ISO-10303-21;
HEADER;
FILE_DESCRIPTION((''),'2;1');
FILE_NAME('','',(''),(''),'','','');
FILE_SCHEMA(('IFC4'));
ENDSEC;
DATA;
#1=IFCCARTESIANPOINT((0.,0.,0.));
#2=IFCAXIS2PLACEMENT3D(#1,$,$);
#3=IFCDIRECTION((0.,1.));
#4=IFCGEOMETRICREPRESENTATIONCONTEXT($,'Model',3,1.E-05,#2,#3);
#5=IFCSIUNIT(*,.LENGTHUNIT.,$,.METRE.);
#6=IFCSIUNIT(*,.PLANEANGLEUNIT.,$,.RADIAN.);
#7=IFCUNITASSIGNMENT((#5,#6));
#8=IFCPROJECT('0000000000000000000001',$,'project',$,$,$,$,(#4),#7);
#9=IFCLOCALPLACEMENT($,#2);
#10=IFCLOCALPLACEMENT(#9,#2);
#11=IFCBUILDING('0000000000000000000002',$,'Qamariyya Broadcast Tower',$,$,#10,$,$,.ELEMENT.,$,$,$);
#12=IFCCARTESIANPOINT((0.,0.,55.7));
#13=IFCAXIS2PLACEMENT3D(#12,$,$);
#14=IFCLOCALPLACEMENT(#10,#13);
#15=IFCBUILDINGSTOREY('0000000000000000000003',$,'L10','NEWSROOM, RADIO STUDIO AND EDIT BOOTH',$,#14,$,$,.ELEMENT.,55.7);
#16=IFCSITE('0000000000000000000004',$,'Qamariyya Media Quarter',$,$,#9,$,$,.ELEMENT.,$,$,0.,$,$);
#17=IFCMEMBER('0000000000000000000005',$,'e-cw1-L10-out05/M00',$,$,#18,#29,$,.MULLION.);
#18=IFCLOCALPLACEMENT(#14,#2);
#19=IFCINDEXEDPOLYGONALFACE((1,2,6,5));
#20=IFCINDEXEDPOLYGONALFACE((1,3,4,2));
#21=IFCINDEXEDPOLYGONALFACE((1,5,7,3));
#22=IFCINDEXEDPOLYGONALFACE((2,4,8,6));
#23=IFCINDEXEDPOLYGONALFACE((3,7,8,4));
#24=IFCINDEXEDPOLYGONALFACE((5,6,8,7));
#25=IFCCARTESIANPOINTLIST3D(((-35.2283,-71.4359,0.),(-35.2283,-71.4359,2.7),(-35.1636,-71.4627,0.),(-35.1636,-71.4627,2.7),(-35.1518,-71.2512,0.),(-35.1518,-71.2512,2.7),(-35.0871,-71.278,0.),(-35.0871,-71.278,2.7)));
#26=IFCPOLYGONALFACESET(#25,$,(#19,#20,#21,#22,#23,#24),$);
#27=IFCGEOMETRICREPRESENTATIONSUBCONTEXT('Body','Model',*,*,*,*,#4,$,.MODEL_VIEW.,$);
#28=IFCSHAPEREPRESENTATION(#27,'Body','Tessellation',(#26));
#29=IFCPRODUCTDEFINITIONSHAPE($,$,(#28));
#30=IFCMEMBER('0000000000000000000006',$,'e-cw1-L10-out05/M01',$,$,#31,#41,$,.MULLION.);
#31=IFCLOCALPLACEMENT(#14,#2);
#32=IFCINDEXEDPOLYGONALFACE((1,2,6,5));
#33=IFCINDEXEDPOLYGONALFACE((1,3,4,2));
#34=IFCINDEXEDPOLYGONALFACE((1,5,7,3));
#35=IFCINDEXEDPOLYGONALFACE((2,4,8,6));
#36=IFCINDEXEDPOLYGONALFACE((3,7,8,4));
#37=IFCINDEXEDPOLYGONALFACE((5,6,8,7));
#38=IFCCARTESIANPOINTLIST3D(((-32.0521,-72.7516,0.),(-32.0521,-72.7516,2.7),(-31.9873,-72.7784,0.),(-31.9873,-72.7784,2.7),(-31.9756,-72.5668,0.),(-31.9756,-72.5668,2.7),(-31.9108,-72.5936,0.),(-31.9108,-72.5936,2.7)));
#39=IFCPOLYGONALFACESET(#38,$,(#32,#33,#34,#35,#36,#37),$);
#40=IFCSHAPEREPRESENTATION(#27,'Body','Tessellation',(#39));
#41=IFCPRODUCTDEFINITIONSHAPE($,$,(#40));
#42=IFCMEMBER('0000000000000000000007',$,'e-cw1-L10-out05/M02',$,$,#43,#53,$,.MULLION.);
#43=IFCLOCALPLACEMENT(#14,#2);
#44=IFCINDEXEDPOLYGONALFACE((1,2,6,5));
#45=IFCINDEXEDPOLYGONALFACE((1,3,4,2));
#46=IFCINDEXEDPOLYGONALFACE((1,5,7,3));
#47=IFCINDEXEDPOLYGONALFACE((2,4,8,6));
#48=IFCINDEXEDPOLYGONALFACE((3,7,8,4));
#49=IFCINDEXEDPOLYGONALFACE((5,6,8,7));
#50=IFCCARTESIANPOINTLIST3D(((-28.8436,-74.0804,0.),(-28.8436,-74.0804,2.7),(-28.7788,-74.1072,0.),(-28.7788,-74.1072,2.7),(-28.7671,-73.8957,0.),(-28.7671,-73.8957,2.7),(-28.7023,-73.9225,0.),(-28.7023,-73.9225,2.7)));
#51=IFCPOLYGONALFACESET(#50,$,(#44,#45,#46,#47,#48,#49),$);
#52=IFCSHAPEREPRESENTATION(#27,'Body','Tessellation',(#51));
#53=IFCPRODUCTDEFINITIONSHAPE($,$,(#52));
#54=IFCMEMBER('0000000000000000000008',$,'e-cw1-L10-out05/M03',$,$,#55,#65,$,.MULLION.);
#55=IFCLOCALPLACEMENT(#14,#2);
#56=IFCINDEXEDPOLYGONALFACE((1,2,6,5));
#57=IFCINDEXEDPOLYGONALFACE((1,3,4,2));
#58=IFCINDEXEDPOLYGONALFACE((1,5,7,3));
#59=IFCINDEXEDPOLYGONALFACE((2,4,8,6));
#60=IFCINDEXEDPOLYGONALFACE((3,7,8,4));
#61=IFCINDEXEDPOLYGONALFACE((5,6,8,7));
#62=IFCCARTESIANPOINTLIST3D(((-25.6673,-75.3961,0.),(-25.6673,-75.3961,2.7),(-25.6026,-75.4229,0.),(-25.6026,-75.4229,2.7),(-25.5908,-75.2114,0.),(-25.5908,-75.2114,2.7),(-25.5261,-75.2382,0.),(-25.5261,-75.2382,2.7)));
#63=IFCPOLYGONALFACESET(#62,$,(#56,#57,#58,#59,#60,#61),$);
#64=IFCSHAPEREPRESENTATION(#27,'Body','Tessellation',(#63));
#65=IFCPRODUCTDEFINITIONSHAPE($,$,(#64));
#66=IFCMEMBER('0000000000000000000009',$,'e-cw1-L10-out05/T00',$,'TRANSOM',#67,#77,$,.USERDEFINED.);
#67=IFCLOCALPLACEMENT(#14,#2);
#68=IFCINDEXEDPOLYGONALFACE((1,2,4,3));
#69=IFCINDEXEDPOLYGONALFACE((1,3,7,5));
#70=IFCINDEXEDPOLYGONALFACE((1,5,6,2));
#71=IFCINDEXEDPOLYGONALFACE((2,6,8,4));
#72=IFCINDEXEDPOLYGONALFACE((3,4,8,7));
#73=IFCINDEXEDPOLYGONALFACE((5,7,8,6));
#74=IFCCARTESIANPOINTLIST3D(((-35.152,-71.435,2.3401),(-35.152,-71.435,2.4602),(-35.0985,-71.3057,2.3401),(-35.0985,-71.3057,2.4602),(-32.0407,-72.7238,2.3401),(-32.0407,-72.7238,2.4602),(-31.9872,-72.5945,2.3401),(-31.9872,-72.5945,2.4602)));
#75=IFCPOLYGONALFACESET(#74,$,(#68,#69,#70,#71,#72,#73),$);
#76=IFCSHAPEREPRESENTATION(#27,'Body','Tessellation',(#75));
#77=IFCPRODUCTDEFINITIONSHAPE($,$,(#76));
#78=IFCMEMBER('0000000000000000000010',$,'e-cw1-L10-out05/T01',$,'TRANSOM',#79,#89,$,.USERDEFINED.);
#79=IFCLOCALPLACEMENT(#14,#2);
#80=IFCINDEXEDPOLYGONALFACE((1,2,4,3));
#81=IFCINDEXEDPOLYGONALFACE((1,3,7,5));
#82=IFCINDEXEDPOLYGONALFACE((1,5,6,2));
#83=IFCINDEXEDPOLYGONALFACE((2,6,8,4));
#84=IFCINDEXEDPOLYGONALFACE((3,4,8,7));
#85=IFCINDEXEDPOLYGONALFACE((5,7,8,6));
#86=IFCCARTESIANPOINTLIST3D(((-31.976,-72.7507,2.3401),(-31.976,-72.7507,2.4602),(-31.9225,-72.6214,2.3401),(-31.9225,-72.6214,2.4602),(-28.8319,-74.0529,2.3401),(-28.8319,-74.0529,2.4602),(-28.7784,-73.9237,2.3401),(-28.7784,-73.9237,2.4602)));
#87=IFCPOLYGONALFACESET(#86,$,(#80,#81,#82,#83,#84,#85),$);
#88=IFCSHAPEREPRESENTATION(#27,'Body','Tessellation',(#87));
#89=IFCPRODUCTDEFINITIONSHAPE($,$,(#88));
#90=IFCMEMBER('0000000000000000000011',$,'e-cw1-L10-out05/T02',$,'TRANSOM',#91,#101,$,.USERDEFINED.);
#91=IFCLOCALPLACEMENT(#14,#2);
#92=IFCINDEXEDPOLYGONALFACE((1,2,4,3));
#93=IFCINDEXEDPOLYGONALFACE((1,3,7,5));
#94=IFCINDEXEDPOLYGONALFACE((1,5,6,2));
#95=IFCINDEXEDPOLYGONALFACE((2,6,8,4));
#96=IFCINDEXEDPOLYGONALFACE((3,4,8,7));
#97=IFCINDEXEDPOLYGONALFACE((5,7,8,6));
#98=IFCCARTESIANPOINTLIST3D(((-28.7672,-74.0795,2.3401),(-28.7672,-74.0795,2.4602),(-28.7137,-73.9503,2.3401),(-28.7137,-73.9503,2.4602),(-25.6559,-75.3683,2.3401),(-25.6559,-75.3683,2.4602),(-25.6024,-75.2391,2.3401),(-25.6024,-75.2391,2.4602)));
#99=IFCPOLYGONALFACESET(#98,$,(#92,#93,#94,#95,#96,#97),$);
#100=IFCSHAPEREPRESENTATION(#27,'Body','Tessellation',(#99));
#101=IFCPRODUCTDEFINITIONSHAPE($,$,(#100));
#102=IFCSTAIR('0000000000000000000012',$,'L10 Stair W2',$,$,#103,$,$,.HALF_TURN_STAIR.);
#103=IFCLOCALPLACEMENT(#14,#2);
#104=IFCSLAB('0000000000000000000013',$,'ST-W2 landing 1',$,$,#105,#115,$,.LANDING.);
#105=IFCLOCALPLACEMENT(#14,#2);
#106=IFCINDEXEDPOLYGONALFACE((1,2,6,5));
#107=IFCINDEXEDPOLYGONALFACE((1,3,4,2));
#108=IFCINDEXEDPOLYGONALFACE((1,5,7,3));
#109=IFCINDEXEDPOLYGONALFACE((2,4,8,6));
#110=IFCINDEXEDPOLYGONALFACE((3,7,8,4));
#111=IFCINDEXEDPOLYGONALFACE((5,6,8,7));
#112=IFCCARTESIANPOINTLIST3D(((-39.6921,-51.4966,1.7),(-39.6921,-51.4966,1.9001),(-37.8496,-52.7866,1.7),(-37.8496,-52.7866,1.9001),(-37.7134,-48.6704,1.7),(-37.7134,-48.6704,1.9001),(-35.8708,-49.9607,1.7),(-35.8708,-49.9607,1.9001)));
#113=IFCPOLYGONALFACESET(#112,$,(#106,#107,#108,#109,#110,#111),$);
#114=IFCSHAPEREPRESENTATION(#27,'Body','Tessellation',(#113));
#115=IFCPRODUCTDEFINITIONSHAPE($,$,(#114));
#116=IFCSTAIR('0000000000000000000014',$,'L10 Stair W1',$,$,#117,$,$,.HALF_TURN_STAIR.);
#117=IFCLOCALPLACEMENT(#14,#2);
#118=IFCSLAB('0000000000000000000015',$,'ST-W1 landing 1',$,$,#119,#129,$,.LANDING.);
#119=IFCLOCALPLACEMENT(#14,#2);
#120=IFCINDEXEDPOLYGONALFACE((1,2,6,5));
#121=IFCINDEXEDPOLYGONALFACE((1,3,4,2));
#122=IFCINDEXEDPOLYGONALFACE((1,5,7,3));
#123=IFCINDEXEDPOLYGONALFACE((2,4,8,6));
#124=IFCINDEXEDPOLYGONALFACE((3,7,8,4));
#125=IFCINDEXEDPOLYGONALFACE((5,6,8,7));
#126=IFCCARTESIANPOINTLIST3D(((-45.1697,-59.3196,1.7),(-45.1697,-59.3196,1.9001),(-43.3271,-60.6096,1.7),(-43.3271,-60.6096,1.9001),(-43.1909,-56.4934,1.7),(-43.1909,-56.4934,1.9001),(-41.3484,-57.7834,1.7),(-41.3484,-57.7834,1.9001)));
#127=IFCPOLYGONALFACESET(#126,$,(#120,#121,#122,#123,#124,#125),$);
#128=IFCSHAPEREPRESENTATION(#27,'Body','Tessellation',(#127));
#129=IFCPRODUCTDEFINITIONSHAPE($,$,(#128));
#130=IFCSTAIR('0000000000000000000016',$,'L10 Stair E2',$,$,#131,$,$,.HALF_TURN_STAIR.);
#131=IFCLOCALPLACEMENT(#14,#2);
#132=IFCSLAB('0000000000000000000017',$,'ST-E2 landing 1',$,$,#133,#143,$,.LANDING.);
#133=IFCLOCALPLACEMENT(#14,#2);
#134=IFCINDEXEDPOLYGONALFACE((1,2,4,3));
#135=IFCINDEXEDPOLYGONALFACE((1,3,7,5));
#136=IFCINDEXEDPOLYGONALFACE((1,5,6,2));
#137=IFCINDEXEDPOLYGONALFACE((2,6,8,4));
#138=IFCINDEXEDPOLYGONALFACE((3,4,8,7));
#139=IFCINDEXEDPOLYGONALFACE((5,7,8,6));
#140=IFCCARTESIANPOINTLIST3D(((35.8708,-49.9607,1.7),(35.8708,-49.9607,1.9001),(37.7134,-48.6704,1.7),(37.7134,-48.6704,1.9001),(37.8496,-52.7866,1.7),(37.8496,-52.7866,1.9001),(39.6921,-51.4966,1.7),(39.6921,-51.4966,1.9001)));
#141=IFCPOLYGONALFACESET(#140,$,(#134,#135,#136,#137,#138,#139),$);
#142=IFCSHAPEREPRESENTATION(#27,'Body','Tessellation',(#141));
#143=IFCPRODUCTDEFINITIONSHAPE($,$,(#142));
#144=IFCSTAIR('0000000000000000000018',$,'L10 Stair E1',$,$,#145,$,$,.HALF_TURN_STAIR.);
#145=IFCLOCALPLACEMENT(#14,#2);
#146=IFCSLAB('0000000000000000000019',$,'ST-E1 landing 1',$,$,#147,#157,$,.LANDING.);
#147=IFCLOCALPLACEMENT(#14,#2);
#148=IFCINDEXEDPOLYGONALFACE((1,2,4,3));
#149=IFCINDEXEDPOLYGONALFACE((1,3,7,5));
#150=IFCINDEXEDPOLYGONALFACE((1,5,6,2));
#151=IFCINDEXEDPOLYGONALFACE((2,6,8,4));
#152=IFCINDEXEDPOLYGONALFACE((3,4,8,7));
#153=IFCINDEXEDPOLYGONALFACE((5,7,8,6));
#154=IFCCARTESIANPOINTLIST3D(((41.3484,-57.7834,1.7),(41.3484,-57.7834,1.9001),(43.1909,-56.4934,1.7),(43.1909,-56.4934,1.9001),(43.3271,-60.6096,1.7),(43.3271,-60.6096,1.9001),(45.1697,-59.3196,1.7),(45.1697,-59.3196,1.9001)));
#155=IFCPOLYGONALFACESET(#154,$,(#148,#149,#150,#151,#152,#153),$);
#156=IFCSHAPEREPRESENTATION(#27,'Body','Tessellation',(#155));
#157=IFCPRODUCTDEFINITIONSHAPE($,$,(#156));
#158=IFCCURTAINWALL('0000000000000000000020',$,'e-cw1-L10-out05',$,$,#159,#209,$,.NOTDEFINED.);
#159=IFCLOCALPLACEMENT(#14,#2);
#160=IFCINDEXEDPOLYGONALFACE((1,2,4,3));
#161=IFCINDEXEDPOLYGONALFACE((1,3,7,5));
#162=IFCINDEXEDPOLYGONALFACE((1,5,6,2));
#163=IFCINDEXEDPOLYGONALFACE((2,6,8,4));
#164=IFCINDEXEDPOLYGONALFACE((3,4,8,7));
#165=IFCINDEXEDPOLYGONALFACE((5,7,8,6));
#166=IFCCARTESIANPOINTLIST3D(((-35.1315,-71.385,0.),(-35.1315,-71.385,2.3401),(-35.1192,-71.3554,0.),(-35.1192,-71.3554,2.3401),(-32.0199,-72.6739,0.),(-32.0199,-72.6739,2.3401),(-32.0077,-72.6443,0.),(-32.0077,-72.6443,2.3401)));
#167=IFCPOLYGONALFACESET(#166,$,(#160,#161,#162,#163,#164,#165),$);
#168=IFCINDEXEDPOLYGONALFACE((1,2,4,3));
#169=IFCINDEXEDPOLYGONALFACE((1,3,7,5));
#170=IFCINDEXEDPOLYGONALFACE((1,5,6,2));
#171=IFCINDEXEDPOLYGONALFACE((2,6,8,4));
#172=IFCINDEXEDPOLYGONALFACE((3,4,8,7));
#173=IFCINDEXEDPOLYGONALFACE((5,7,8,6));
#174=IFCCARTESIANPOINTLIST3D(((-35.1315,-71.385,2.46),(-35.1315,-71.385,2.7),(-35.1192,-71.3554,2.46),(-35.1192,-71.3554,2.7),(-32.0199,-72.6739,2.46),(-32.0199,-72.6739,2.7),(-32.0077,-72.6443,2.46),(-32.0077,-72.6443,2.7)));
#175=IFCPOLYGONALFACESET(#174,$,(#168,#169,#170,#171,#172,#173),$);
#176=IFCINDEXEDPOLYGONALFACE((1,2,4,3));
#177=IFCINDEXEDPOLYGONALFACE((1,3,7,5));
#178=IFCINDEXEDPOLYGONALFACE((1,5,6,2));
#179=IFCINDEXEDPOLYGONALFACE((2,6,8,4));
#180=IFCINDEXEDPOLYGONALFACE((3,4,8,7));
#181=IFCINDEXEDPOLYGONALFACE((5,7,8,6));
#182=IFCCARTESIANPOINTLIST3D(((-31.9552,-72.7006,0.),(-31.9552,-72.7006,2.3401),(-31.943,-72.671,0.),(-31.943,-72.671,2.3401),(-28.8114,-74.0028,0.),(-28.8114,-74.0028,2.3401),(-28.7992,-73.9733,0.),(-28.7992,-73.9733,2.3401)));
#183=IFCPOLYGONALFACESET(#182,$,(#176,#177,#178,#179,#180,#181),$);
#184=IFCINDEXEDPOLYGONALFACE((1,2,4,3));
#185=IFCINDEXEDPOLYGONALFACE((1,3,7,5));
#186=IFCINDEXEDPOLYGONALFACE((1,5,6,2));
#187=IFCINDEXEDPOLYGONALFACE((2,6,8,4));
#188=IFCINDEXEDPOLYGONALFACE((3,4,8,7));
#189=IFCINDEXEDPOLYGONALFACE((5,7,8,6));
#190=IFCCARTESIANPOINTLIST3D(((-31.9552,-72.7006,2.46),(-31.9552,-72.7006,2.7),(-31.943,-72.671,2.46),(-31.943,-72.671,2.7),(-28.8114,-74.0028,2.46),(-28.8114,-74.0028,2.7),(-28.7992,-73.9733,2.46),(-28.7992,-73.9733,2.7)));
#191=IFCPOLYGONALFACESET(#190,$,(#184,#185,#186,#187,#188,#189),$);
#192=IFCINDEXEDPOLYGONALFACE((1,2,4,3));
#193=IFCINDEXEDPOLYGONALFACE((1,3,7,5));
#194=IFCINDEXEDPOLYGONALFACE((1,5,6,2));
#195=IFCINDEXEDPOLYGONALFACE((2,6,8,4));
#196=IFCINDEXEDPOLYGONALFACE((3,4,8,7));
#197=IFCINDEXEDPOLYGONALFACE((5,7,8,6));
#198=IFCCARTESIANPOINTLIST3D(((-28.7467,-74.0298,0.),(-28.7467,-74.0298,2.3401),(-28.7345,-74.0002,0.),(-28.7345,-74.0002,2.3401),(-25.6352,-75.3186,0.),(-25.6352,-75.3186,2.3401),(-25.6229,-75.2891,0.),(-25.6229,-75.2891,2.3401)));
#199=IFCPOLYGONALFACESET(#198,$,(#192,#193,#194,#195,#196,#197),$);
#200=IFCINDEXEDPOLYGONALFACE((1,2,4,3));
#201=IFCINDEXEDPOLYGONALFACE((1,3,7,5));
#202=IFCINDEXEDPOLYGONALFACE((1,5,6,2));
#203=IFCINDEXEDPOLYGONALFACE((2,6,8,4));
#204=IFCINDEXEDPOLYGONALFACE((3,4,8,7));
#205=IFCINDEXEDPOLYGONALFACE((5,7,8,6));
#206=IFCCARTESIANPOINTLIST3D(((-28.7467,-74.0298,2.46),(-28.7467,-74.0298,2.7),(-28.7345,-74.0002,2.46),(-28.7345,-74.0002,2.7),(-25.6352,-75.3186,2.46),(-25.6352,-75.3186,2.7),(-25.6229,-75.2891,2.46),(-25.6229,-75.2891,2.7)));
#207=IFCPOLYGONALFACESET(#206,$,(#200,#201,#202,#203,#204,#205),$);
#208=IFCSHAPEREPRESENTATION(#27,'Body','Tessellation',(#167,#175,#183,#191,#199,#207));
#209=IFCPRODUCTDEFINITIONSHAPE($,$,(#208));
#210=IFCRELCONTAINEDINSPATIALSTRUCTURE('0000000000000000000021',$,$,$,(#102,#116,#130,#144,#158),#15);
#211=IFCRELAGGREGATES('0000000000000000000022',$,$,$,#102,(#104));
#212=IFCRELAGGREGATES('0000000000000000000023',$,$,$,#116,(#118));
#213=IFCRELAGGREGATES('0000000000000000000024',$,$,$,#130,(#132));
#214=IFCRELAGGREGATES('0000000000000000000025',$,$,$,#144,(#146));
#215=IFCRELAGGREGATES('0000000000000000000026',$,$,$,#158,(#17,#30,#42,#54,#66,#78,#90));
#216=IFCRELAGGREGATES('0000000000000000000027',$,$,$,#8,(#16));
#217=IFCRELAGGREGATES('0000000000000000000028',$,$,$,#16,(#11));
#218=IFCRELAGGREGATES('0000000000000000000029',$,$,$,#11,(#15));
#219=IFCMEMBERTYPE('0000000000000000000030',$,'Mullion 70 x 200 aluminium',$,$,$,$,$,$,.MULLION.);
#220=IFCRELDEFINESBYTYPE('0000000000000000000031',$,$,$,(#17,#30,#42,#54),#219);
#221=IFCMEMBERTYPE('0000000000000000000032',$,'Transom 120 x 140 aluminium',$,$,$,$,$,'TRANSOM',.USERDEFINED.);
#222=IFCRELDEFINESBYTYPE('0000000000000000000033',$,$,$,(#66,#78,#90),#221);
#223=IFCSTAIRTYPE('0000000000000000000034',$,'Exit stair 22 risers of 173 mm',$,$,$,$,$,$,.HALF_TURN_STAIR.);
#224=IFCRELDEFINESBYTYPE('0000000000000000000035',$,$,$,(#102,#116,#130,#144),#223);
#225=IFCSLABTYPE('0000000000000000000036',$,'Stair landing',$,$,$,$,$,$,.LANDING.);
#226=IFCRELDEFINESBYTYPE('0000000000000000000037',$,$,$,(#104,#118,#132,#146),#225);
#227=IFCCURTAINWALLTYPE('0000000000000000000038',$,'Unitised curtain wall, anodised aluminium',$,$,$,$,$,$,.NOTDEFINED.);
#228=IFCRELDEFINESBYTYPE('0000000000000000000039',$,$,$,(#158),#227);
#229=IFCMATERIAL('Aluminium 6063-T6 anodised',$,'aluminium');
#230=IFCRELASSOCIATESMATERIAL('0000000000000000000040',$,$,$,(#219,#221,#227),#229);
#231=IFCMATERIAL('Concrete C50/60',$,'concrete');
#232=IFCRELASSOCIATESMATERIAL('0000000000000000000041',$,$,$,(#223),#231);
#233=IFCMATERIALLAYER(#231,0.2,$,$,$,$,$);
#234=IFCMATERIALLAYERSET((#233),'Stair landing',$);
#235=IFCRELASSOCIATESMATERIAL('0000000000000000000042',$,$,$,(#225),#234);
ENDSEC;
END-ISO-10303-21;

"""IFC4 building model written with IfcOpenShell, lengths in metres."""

from ifc_helpers import new_model, si_unit, direction, frame, origin, origin_2d, place, context, subcontext, project, spatial, polyline, rectangle, outline, extrude, material, layer, layer_set, material_profile, profile_set, type_object, element, aggregate, save


model = new_model("IFC4")

# Units and contexts
model_context = context("Model", 3, precision=1e-05, world=origin(), true_north=direction((0.0, 1.0)))
body_context = subcontext(model_context, "Body", "Model", "MODEL_VIEW")
ifc_project = project(units=[si_unit("LENGTHUNIT", "METRE"), si_unit("PLANEANGLEUNIT", "RADIAN")], contexts=[model_context])

# Members
ifc_material_1 = material(Name="Aluminium 6063-T6 anodised", Category="aluminium")
ifc_material_profile_1 = material_profile(ifc_material_1, rectangle(XDim=0.2, YDim=0.0701, at=origin_2d()))
ifc_profile_set_1 = profile_set([ifc_material_profile_1], Name="Aluminium 6063-T6 anodised")
member_type_1 = type_object("IfcMemberType", Name="Mullion 70 x 200 aluminium", PredefinedType="MULLION", material=ifc_profile_set_1)
site_placement = place(None, origin())
building_placement = place(site_placement, origin())
storey_placement = place(building_placement, frame((0.0, 0.0, 55.7)))
member_1_placement = place(storey_placement, frame((-35.1577, -71.3569, 0.0), z_axis=(0.0, 0.0, 1.0), x_axis=(0.382683, 0.92388, 0.0)))
member_1 = element("IfcMember", 1, at=member_1_placement, type_object=member_type_1, Name="e-cw1-L10-out05/M00", PredefinedType="MULLION", context=body_context, shape_type="SweptSolid", body=[
    extrude(rectangle(XDim=0.2, YDim=0.0701, at=origin_2d()), origin(), (0.0, 0.0, 1.0), 2.7),
])
member_2_placement = place(storey_placement, frame((-31.9814, -72.6726, 0.0), z_axis=(0.0, 0.0, 1.0), x_axis=(0.382683, 0.92388, 0.0)))
member_2 = element("IfcMember", 2, at=member_2_placement, type_object=member_type_1, Name="e-cw1-L10-out05/M01", PredefinedType="MULLION", context=body_context, shape_type="SweptSolid", body=[
    extrude(rectangle(XDim=0.2, YDim=0.0701, at=origin_2d()), origin(), (0.0, 0.0, 1.0), 2.7),
])
member_3_placement = place(storey_placement, frame((-28.7729, -74.0015, 0.0), z_axis=(0.0, 0.0, 1.0), x_axis=(0.382683, 0.92388, 0.0)))
member_3 = element("IfcMember", 3, at=member_3_placement, type_object=member_type_1, Name="e-cw1-L10-out05/M02", PredefinedType="MULLION", context=body_context, shape_type="SweptSolid", body=[
    extrude(rectangle(XDim=0.2, YDim=0.0701, at=origin_2d()), origin(), (0.0, 0.0, 1.0), 2.7),
])
member_4_placement = place(storey_placement, frame((-25.5967, -75.3171, 0.0), z_axis=(0.0, 0.0, 1.0), x_axis=(0.382683, 0.92388, 0.0)))
member_4 = element("IfcMember", 4, at=member_4_placement, type_object=member_type_1, Name="e-cw1-L10-out05/M03", PredefinedType="MULLION", context=body_context, shape_type="SweptSolid", body=[
    extrude(rectangle(XDim=0.2, YDim=0.0701, at=origin_2d()), origin(), (0.0, 0.0, 1.0), 2.7),
])
ifc_material_profile_2 = material_profile(ifc_material_1, rectangle(XDim=0.1399, YDim=0.1201, at=origin_2d()))
ifc_profile_set_2 = profile_set([ifc_material_profile_2], Name="Aluminium 6063-T6 anodised")
member_type_2 = type_object("IfcMemberType", Name="Transom 120 x 140 aluminium", ElementType="TRANSOM", PredefinedType="USERDEFINED", material=ifc_profile_set_2)
member_5_placement = place(storey_placement, frame((-35.1252, -71.3704, 2.4001), z_axis=(0.923873, -0.3827, 0.0), x_axis=(0.3827, 0.923873, 0.0)))
member_5 = element("IfcMember", 5, at=member_5_placement, type_object=member_type_2, Name="e-cw1-L10-out05/T00", ObjectType="TRANSOM", PredefinedType="USERDEFINED", context=body_context, shape_type="SweptSolid", body=[
    extrude(rectangle(XDim=0.1399, YDim=0.1201, at=origin_2d()), origin(), (0.0, 0.0, 1.0), 3.3677),
])
member_6_placement = place(storey_placement, frame((-31.9492, -72.686, 2.4001), z_axis=(0.923886, -0.382669, 0.0), x_axis=(0.382669, 0.923886, 0.0)))
member_6 = element("IfcMember", 6, at=member_6_placement, type_object=member_type_2, Name="e-cw1-L10-out05/T01", ObjectType="TRANSOM", PredefinedType="USERDEFINED", context=body_context, shape_type="SweptSolid", body=[
    extrude(rectangle(XDim=0.1399, YDim=0.1201, at=origin_2d()), origin(), (0.0, 0.0, 1.0), 3.4031),
])
member_7_placement = place(storey_placement, frame((-28.7405, -74.0149, 2.4001), z_axis=(0.923873, -0.3827, 0.0), x_axis=(0.3827, 0.923873, 0.0)))
member_7 = element("IfcMember", 7, at=member_7_placement, type_object=member_type_2, Name="e-cw1-L10-out05/T02", ObjectType="TRANSOM", PredefinedType="USERDEFINED", context=body_context, shape_type="SweptSolid", body=[
    extrude(rectangle(XDim=0.1399, YDim=0.1201, at=origin_2d()), origin(), (0.0, 0.0, 1.0), 3.3677),
])

# Site, building, storey
site = spatial("IfcSite", under=ifc_project, at=site_placement, Name="Qamariyya Media Quarter", CompositionType="ELEMENT", RefElevation=0.0)
building = spatial("IfcBuilding", under=site, at=building_placement, Name="Qamariyya Broadcast Tower", CompositionType="ELEMENT")
storey = spatial("IfcBuildingStorey", under=building, at=storey_placement, Name="L10", Description="NEWSROOM, RADIO STUDIO AND EDIT BOOTH", CompositionType="ELEMENT", Elevation=55.7)

# Stairs, slabs
ifc_material_2 = material(Name="Concrete C50/60", Category="concrete")
stair_type = type_object("IfcStairType", Name="Exit stair 22 risers of 173 mm", PredefinedType="HALF_TURN_STAIR", material=ifc_material_2)
stair_1_placement = place(storey_placement, origin())
stair_1 = element("IfcStair", 8, at=stair_1_placement, inside=storey, type_object=stair_type, Name="L10 Stair W2", PredefinedType="HALF_TURN_STAIR")
ifc_layer = layer(ifc_material_2, 0.2)
ifc_layer_set = layer_set([ifc_layer], Name="Stair landing")
slab_type = type_object("IfcSlabType", Name="Stair landing", PredefinedType="LANDING", material=ifc_layer_set)
slab_1_placement = place(storey_placement, frame((0.0, 0.0, 1.7)))
slab_1 = element("IfcSlab", 9, at=slab_1_placement, type_object=slab_type, Name="ST-W2 landing 1", PredefinedType="LANDING", context=body_context, shape_type="SweptSolid", body=[
    extrude(outline(polyline([(-39.6921, -51.4966), (-37.8496, -52.7866), (-35.8708, -49.9607), (-37.7134, -48.6704), (-39.6921, -51.4966)])), origin(), (0.0, 0.0, 1.0), 0.2002),
])
aggregate(stair_1, [slab_1])
stair_2_placement = place(storey_placement, origin())
stair_2 = element("IfcStair", 10, at=stair_2_placement, inside=storey, type_object=stair_type, Name="L10 Stair W1", PredefinedType="HALF_TURN_STAIR")
slab_2_placement = place(storey_placement, frame((0.0, 0.0, 1.7)))
slab_2 = element("IfcSlab", 11, at=slab_2_placement, type_object=slab_type, Name="ST-W1 landing 1", PredefinedType="LANDING", context=body_context, shape_type="SweptSolid", body=[
    extrude(outline(polyline([(-45.1697, -59.3196), (-43.3271, -60.6096), (-41.3484, -57.7834), (-43.1909, -56.4934), (-45.1697, -59.3196)])), origin(), (0.0, 0.0, 1.0), 0.2002),
])
aggregate(stair_2, [slab_2])
stair_3_placement = place(storey_placement, origin())
stair_3 = element("IfcStair", 12, at=stair_3_placement, inside=storey, type_object=stair_type, Name="L10 Stair E2", PredefinedType="HALF_TURN_STAIR")
slab_3_placement = place(storey_placement, frame((0.0, 0.0, 1.7)))
slab_3 = element("IfcSlab", 13, at=slab_3_placement, type_object=slab_type, Name="ST-E2 landing 1", PredefinedType="LANDING", context=body_context, shape_type="SweptSolid", body=[
    extrude(outline(polyline([(37.7134, -48.6704), (35.8708, -49.9607), (37.8496, -52.7866), (39.6921, -51.4966), (37.7134, -48.6704)])), origin(), (0.0, 0.0, 1.0), 0.2002),
])
aggregate(stair_3, [slab_3])
stair_4_placement = place(storey_placement, origin())
stair_4 = element("IfcStair", 14, at=stair_4_placement, inside=storey, type_object=stair_type, Name="L10 Stair E1", PredefinedType="HALF_TURN_STAIR")
slab_4_placement = place(storey_placement, frame((0.0, 0.0, 1.7)))
slab_4 = element("IfcSlab", 15, at=slab_4_placement, type_object=slab_type, Name="ST-E1 landing 1", PredefinedType="LANDING", context=body_context, shape_type="SweptSolid", body=[
    extrude(outline(polyline([(43.1909, -56.4934), (41.3484, -57.7834), (43.3271, -60.6096), (45.1697, -59.3196), (43.1909, -56.4934)])), origin(), (0.0, 0.0, 1.0), 0.2002),
])
aggregate(stair_4, [slab_4])

# Curtain wall
curtain_wall_type = type_object("IfcCurtainWallType", Name="Unitised curtain wall, anodised aluminium", PredefinedType="NOTDEFINED", material=ifc_material_1)
curtain_wall_1_placement = place(storey_placement, origin())
curtain_wall_1 = element("IfcCurtainWall", 16, at=curtain_wall_1_placement, inside=storey, type_object=curtain_wall_type, Name="e-cw1-L10-out05", PredefinedType="NOTDEFINED", context=body_context, shape_type="SweptSolid", body=[
    extrude(rectangle(XDim=3.3679, YDim=0.032, at=origin_2d()), frame((-33.5696, -72.0146, 0.0), x_axis=(0.923878, -0.382688, 0.0)), (0.0, 0.0, 1.0), 2.3401),
    extrude(rectangle(XDim=3.3679, YDim=0.032, at=origin_2d()), frame((-33.5696, -72.0146, 2.46), x_axis=(0.923878, -0.382688, 0.0)), (0.0, 0.0, 1.0), 0.24),
    extrude(rectangle(XDim=3.4028, YDim=0.032, at=origin_2d()), frame((-30.3772, -73.3369, 0.0), x_axis=(0.923878, -0.382688, 0.0)), (0.0, 0.0, 1.0), 2.3401),
    extrude(rectangle(XDim=3.4028, YDim=0.032, at=origin_2d()), frame((-30.3772, -73.3369, 2.46), x_axis=(0.923878, -0.382688, 0.0)), (0.0, 0.0, 1.0), 0.24),
    extrude(rectangle(XDim=3.3679, YDim=0.032, at=origin_2d()), frame((-27.1848, -74.6594, 0.0), x_axis=(0.923878, -0.382688, 0.0)), (0.0, 0.0, 1.0), 2.3401),
    extrude(rectangle(XDim=3.3679, YDim=0.032, at=origin_2d()), frame((-27.1848, -74.6594, 2.46), x_axis=(0.923878, -0.382688, 0.0)), (0.0, 0.0, 1.0), 0.24),
])
aggregate(curtain_wall_1, [member_1, member_2, member_3, member_4, member_5, member_6, member_7])

save(model, "model.ifc")
